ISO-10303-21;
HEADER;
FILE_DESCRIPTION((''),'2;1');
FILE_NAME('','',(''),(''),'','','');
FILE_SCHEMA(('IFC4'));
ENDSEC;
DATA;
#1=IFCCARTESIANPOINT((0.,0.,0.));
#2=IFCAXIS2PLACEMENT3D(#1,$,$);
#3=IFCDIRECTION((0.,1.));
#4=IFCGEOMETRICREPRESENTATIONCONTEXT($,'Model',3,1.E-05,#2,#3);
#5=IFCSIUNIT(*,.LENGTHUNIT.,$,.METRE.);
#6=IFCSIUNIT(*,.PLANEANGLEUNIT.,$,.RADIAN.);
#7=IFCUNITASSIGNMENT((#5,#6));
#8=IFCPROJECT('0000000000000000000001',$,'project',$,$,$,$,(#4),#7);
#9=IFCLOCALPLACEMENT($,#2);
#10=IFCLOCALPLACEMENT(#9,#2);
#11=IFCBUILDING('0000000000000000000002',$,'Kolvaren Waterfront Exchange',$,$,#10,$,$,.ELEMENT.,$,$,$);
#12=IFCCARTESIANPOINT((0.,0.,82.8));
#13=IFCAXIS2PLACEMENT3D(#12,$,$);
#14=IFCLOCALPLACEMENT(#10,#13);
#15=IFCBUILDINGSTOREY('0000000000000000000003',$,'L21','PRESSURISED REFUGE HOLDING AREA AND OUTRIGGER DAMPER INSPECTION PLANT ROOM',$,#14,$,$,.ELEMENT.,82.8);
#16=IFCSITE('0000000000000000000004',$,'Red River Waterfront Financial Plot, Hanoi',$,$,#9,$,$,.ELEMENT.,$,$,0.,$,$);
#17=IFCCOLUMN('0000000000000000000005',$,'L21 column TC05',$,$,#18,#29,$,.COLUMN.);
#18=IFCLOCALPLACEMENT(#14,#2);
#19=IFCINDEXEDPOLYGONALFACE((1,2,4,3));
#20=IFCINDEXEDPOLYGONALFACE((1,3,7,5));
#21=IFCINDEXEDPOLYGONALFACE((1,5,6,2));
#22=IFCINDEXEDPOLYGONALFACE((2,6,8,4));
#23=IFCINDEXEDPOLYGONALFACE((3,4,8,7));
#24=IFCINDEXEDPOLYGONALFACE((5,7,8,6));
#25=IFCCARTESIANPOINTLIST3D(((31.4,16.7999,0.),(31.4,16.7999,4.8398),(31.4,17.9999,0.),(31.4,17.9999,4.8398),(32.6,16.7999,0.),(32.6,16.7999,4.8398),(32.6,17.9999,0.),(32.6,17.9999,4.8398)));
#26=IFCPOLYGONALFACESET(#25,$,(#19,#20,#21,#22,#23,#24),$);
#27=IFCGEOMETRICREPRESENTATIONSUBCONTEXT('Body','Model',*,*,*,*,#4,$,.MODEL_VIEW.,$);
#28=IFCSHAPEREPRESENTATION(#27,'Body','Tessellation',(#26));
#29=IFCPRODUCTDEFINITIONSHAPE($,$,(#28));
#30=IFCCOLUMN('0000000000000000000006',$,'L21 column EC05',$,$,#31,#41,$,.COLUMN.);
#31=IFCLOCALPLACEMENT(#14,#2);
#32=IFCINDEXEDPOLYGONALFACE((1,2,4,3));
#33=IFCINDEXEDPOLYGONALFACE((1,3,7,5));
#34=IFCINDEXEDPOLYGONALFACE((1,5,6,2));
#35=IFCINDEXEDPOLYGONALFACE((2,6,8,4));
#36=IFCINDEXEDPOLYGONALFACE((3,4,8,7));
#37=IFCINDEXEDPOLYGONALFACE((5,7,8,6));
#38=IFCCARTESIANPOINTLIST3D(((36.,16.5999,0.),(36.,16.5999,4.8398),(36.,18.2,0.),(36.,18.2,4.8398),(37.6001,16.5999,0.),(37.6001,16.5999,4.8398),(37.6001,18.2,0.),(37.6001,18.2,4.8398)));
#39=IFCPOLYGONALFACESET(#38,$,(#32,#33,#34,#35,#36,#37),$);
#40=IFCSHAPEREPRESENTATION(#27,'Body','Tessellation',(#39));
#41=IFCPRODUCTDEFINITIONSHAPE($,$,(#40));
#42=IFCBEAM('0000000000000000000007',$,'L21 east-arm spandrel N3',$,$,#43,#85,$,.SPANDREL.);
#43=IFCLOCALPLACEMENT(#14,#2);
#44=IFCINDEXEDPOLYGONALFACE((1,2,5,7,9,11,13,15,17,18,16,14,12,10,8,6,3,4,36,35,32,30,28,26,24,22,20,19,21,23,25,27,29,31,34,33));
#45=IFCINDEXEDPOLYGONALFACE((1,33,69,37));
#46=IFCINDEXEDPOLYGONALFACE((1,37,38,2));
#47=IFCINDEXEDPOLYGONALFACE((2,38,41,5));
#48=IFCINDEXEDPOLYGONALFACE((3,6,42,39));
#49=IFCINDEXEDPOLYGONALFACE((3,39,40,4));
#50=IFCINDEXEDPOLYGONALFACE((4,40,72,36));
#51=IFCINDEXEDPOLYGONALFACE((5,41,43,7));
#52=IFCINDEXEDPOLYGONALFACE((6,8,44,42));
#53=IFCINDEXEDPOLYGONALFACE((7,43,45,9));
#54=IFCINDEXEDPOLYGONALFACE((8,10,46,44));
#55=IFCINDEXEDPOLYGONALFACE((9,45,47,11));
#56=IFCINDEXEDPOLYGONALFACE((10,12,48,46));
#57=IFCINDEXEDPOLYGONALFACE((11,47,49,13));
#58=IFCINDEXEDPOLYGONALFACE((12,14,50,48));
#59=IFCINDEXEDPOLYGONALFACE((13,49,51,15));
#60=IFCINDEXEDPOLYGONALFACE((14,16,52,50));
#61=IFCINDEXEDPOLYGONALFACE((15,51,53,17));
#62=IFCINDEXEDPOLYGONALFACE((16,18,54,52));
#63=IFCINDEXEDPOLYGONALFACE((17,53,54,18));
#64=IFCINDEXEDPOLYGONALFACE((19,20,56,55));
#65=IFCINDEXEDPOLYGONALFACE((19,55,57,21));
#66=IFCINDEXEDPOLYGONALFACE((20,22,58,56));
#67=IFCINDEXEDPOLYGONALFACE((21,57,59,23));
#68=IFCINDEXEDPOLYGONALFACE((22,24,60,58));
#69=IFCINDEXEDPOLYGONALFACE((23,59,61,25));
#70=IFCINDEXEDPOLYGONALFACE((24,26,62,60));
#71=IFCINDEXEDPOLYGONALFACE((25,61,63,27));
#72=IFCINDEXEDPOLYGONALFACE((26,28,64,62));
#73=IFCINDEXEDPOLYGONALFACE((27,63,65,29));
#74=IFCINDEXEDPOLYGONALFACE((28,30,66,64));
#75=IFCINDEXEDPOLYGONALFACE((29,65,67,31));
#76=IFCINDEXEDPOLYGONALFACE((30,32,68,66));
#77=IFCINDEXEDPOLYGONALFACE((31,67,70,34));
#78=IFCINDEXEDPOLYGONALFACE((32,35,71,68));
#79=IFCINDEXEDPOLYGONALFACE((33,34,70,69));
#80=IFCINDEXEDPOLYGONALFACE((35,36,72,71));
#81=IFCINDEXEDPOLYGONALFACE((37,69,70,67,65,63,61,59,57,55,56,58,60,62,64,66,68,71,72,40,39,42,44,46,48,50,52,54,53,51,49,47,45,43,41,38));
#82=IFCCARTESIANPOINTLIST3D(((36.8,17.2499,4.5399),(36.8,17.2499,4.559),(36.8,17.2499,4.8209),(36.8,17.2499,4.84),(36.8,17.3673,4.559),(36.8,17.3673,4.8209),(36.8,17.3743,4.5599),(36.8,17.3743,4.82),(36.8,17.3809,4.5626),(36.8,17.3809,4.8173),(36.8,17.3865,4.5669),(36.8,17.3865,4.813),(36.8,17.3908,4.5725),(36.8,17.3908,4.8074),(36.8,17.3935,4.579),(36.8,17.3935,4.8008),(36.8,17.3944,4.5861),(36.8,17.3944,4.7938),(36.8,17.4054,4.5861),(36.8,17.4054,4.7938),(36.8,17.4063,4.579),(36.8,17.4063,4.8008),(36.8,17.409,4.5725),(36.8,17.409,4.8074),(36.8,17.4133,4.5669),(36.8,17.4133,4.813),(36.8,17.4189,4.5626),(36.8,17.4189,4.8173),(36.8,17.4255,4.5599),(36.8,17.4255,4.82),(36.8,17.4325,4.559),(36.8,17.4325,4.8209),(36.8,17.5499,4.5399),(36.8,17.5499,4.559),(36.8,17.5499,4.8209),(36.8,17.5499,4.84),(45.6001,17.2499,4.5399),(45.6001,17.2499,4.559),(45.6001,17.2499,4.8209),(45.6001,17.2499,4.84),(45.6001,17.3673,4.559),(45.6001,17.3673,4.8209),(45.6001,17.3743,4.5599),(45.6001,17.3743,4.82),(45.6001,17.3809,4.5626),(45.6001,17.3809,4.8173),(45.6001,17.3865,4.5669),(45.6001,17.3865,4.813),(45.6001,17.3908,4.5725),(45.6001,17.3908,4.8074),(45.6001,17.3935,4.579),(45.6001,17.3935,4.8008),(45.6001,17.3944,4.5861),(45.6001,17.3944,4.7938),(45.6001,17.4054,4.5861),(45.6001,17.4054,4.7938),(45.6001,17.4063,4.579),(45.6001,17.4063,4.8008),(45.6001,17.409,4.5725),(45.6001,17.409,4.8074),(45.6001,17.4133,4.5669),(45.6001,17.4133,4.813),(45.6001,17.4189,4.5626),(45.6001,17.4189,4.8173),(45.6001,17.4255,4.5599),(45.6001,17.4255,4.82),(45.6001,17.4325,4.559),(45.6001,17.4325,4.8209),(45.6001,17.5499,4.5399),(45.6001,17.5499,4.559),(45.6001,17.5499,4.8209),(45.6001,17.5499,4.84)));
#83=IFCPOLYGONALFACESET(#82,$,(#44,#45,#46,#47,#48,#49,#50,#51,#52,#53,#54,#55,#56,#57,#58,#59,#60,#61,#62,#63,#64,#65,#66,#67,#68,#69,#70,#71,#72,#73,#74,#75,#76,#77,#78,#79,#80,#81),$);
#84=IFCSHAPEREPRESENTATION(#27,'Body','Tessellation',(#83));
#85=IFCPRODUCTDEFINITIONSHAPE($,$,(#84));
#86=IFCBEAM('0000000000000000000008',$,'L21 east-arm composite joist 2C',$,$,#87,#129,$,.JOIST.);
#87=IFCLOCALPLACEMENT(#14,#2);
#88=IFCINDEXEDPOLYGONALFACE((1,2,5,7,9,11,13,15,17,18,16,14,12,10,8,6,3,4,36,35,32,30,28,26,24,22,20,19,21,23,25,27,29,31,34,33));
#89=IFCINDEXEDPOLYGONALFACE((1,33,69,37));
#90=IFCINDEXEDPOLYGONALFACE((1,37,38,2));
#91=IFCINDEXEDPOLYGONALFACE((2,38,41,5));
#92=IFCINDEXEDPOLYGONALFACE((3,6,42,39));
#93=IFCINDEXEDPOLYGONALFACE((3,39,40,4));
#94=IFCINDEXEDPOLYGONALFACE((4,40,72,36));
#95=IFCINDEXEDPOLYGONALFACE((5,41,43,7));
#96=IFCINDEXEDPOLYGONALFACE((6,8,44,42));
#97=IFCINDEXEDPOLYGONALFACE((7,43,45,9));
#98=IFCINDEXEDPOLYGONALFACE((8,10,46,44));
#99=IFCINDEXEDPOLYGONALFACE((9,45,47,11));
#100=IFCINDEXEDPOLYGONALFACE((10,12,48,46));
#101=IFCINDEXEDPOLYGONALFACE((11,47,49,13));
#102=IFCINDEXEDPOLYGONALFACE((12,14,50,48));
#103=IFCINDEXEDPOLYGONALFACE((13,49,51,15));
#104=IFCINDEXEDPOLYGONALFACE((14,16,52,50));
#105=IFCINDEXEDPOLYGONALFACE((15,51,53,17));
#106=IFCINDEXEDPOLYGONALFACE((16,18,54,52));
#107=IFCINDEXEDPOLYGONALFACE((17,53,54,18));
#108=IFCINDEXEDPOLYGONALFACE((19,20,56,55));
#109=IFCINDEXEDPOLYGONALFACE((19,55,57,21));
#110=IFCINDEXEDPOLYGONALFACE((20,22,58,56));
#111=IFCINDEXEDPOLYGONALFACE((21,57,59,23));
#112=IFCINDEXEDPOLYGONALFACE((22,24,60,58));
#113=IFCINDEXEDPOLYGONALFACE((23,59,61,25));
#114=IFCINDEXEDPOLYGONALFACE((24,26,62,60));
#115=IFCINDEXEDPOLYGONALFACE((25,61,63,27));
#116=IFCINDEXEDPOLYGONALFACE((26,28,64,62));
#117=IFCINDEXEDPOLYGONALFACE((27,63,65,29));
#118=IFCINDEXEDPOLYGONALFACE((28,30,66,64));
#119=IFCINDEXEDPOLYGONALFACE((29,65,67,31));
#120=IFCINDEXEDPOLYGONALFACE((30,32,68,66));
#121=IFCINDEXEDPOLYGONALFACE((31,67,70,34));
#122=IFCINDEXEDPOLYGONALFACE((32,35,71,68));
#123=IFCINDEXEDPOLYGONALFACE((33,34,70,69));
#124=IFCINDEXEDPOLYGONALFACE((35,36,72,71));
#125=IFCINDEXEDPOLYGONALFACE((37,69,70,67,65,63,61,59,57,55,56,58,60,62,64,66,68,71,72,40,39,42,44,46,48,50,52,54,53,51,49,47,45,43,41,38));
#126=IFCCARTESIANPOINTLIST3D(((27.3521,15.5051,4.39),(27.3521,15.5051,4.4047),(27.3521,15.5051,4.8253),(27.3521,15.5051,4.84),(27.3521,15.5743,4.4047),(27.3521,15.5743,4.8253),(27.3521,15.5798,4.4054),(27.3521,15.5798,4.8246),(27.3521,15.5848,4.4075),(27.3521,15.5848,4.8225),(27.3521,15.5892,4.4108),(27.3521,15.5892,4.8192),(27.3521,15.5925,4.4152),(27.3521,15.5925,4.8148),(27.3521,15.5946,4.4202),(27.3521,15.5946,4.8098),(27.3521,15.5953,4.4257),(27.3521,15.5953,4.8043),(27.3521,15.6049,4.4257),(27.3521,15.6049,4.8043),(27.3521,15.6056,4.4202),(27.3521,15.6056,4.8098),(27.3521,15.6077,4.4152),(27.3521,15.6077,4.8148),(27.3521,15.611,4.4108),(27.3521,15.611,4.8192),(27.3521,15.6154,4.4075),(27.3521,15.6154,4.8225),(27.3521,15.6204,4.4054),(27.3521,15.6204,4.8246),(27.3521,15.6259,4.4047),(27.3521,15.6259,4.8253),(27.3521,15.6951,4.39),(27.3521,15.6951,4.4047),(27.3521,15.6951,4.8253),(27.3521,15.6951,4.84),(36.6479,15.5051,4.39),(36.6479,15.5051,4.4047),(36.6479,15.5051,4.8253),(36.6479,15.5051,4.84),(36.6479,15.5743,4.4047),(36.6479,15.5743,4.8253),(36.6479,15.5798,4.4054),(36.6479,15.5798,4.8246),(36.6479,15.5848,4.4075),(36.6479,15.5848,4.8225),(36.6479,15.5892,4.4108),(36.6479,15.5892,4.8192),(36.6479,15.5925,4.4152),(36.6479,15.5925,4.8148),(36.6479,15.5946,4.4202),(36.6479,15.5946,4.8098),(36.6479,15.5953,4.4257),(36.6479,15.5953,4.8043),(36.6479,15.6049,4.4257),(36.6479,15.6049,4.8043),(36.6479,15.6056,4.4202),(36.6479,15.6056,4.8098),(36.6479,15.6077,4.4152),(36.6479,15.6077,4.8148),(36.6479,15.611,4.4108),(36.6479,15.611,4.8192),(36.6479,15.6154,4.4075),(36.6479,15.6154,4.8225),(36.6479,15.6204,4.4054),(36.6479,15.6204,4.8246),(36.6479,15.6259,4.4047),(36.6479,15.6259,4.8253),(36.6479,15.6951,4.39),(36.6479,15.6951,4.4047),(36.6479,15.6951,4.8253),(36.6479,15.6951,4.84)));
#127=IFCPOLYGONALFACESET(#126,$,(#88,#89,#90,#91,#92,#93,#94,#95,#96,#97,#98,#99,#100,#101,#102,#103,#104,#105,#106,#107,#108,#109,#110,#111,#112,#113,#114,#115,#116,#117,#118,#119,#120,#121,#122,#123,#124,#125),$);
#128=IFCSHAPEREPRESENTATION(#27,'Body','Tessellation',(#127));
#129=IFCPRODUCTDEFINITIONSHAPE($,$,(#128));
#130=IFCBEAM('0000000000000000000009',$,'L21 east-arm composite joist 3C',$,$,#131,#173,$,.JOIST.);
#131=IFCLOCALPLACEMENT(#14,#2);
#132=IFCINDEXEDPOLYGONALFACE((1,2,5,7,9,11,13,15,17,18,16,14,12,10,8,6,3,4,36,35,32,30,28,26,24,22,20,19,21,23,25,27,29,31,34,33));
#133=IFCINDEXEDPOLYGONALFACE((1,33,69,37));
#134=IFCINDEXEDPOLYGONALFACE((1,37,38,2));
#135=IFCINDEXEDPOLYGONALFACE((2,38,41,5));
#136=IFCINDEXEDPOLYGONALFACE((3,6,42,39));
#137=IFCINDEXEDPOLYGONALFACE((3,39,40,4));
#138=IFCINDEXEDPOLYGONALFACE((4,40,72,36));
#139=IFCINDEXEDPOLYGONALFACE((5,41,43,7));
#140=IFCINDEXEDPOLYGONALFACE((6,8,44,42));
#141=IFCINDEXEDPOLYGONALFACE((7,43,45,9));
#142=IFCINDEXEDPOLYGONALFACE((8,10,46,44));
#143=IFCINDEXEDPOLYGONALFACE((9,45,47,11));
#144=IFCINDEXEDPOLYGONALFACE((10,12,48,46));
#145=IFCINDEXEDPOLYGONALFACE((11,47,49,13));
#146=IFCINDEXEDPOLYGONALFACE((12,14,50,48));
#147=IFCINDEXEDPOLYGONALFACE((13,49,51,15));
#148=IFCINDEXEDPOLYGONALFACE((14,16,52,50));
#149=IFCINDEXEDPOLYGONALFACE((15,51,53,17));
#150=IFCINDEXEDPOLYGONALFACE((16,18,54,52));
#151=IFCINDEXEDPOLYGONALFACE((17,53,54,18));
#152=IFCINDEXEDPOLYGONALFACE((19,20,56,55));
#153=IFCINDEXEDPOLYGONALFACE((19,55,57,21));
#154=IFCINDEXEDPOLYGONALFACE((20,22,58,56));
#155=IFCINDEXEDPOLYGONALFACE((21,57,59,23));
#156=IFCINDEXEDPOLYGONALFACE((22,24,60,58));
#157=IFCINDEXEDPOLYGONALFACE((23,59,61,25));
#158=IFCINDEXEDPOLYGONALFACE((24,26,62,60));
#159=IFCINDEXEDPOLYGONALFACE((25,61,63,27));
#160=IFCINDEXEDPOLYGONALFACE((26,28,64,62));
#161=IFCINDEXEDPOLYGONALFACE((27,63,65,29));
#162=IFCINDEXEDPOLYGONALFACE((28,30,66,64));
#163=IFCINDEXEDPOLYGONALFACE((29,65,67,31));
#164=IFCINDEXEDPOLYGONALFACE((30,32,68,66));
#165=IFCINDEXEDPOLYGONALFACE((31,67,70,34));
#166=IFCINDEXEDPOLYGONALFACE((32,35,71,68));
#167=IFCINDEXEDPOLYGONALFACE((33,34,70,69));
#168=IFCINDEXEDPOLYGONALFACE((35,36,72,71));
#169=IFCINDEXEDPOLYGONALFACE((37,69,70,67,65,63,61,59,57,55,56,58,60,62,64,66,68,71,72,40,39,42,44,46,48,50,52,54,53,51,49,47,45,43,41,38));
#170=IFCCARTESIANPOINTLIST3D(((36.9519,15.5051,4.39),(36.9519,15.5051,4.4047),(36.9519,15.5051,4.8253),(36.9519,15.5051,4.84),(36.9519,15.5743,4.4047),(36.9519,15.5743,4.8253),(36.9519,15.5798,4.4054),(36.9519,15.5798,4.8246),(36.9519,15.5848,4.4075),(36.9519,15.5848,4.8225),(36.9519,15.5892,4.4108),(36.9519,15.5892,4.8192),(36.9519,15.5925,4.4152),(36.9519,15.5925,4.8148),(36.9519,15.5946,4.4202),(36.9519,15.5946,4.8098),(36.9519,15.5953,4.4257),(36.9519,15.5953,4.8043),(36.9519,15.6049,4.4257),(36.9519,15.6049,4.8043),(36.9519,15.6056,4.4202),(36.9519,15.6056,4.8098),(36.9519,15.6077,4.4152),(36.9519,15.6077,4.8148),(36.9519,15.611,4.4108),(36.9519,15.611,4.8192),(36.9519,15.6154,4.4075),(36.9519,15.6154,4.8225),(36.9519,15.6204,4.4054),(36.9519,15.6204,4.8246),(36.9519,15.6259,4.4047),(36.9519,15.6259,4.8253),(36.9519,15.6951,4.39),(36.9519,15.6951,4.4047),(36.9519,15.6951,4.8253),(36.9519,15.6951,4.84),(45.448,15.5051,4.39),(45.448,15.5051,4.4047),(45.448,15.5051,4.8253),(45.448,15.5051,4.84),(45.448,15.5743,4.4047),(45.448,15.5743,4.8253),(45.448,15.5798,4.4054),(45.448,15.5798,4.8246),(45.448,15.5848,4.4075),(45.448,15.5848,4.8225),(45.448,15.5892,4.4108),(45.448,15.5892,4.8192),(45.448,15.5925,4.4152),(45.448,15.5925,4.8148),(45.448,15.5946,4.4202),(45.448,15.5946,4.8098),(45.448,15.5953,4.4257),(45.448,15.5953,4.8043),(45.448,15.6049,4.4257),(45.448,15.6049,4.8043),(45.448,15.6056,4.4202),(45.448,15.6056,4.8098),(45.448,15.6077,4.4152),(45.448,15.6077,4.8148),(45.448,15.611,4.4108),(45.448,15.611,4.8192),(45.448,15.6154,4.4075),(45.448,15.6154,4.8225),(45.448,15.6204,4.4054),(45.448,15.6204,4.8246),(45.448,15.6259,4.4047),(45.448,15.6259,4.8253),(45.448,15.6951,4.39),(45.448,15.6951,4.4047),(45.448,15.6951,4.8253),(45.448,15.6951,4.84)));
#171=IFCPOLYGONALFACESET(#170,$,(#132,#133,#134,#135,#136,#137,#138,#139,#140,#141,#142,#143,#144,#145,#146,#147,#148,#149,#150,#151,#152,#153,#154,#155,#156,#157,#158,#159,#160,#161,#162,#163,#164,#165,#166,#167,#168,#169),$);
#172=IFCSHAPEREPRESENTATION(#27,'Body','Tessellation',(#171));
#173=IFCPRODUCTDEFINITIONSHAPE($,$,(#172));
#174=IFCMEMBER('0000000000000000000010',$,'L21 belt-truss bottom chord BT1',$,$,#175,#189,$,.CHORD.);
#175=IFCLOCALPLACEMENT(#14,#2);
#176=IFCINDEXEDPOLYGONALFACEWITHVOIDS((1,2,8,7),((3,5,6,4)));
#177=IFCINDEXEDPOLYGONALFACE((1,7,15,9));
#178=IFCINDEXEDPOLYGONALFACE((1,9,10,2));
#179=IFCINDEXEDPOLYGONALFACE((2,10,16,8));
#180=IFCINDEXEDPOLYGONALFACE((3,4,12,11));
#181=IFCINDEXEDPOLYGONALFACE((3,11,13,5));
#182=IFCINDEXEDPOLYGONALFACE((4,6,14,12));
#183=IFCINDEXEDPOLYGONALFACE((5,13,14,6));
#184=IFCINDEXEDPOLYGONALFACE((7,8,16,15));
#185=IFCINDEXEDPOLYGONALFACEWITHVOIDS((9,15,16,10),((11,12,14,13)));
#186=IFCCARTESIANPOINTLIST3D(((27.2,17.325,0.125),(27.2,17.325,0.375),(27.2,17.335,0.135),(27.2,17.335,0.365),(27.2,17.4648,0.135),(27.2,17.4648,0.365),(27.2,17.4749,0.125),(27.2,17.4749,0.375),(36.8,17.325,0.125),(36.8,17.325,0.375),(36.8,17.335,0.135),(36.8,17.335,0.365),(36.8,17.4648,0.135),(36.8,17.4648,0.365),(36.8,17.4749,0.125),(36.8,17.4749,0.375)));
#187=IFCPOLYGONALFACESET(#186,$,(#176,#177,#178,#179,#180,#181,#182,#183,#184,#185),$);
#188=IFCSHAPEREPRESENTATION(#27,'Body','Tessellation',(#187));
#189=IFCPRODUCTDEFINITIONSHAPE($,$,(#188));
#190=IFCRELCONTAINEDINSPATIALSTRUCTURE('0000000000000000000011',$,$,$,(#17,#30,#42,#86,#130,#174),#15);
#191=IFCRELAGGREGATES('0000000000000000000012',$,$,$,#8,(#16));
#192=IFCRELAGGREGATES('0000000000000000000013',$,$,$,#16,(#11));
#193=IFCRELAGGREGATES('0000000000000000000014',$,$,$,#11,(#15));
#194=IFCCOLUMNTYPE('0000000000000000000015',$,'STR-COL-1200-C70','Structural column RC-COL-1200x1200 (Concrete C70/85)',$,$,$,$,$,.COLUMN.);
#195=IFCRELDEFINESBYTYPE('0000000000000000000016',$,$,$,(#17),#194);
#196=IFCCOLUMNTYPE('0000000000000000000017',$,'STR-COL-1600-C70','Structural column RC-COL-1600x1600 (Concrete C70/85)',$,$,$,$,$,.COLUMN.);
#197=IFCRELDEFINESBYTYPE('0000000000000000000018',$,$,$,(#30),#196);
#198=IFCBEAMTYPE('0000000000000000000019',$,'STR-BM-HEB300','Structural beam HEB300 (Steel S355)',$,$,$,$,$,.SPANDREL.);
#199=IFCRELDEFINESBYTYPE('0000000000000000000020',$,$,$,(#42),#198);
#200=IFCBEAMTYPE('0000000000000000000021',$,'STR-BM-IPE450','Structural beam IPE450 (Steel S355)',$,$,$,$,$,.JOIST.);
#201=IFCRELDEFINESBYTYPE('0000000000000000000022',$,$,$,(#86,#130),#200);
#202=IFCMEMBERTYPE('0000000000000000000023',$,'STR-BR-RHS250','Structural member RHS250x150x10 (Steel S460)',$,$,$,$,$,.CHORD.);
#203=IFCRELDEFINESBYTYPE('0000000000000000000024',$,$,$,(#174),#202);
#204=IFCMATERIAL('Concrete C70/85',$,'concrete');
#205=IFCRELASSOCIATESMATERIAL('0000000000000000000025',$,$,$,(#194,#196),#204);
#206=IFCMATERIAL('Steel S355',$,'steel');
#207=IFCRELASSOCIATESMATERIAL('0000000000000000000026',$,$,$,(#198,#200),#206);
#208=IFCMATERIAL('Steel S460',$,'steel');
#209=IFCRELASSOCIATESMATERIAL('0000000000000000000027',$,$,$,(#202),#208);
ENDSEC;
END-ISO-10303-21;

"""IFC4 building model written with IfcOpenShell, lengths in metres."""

from ifc_helpers import new_model, si_unit, direction, frame, origin, origin_2d, place, context, subcontext, project, spatial, rectangle, hollow_rectangle, i_section, extrude, material, material_profile, profile_set, type_object, element, save


model = new_model("IFC4")

# Units and contexts
model_context = context("Model", 3, precision=1e-05, world=origin(), true_north=direction((0.0, 1.0)))
body_context = subcontext(model_context, "Body", "Model", "MODEL_VIEW")
ifc_project = project(units=[si_unit("LENGTHUNIT", "METRE"), si_unit("PLANEANGLEUNIT", "RADIAN")], contexts=[model_context])

# Site, building, storey
site_placement = place(None, origin())
site = spatial("IfcSite", under=ifc_project, at=site_placement, Name="Red River Waterfront Financial Plot, Hanoi", CompositionType="ELEMENT", RefElevation=0.0)
building_placement = place(site_placement, origin())
building = spatial("IfcBuilding", under=site, at=building_placement, Name="Kolvaren Waterfront Exchange", CompositionType="ELEMENT")
storey_placement = place(building_placement, frame((0.0, 0.0, 82.8)))
storey = spatial("IfcBuildingStorey", under=building, at=storey_placement, Name="L21", Description="PRESSURISED REFUGE HOLDING AREA AND OUTRIGGER DAMPER INSPECTION PLANT ROOM", CompositionType="ELEMENT", Elevation=82.8)

# Columns
ifc_material_1 = material(Name="Concrete C70/85", Category="concrete")
ifc_material_profile_1 = material_profile(ifc_material_1, rectangle(XDim=1.2, YDim=1.2, at=origin_2d()), Name="RC-COL-1200x1200")
ifc_profile_set_1 = profile_set([ifc_material_profile_1], Name="Concrete C70/85")
column_type_1 = type_object("IfcColumnType", Name="STR-COL-1200-C70", Description="Structural column RC-COL-1200x1200 (Concrete C70/85)", PredefinedType="COLUMN", material=ifc_profile_set_1)
column_1_placement = place(storey_placement, frame((32.0, 17.3999, 0.0), z_axis=(0.0, 0.0, 1.0), x_axis=(1.0, 0.0, 0.0)))
element("IfcColumn", 1, at=column_1_placement, inside=storey, type_object=column_type_1, Name="L21 column TC05", PredefinedType="COLUMN", context=body_context, shape_type="SweptSolid", body=[
    extrude(rectangle(XDim=1.2, YDim=1.2, at=origin_2d()), origin(), (0.0, 0.0, 1.0), 4.8398),
])
ifc_material_profile_2 = material_profile(ifc_material_1, rectangle(XDim=1.6001, YDim=1.6001, at=origin_2d()), Name="RC-COL-1600x1600")
ifc_profile_set_2 = profile_set([ifc_material_profile_2], Name="Concrete C70/85")
column_type_2 = type_object("IfcColumnType", Name="STR-COL-1600-C70", Description="Structural column RC-COL-1600x1600 (Concrete C70/85)", PredefinedType="COLUMN", material=ifc_profile_set_2)
column_2_placement = place(storey_placement, frame((36.8, 17.3999, 0.0), z_axis=(0.0, 0.0, 1.0), x_axis=(1.0, 0.0, 0.0)))
element("IfcColumn", 2, at=column_2_placement, inside=storey, type_object=column_type_2, Name="L21 column EC05", PredefinedType="COLUMN", context=body_context, shape_type="SweptSolid", body=[
    extrude(rectangle(XDim=1.6001, YDim=1.6001, at=origin_2d()), origin(), (0.0, 0.0, 1.0), 4.8398),
])

# Beams
ifc_material_2 = material(Name="Steel S355", Category="steel")
ifc_material_profile_3 = material_profile(ifc_material_2, i_section(OverallWidth=0.3, OverallDepth=0.3, WebThickness=0.011, FlangeThickness=0.019, FilletRadius=0.0271, at=origin_2d()), Name="HEB300")
ifc_profile_set_3 = profile_set([ifc_material_profile_3], Name="Steel S355")
beam_type_1 = type_object("IfcBeamType", Name="STR-BM-HEB300", Description="Structural beam HEB300 (Steel S355)", PredefinedType="SPANDREL", material=ifc_profile_set_3)
beam_1_placement = place(storey_placement, frame((36.8, 17.3999, 4.6899), z_axis=(1.0, 0.0, 0.0), x_axis=(0.0, 1.0, 0.0)))
element("IfcBeam", 3, at=beam_1_placement, inside=storey, type_object=beam_type_1, Name="L21 east-arm spandrel N3", PredefinedType="SPANDREL", context=body_context, shape_type="SweptSolid", body=[
    extrude(i_section(OverallWidth=0.3, OverallDepth=0.3, WebThickness=0.011, FlangeThickness=0.019, FilletRadius=0.0271, at=origin_2d()), origin(), (0.0, 0.0, 1.0), 8.8),
])
ifc_material_profile_4 = material_profile(ifc_material_2, i_section(OverallWidth=0.1899, OverallDepth=0.45, WebThickness=0.0095, FlangeThickness=0.0146, FilletRadius=0.021, at=origin_2d()), Name="IPE450")
ifc_profile_set_4 = profile_set([ifc_material_profile_4], Name="Steel S355")
beam_type_2 = type_object("IfcBeamType", Name="STR-BM-IPE450", Description="Structural beam IPE450 (Steel S355)", PredefinedType="JOIST", material=ifc_profile_set_4)
beam_2_placement = place(storey_placement, frame((27.3521, 15.6001, 4.615), z_axis=(1.0, 0.0, 0.0), x_axis=(0.0, 1.0, 0.0)))
element("IfcBeam", 4, at=beam_2_placement, inside=storey, type_object=beam_type_2, Name="L21 east-arm composite joist 2C", PredefinedType="JOIST", context=body_context, shape_type="SweptSolid", body=[
    extrude(i_section(OverallWidth=0.1899, OverallDepth=0.45, WebThickness=0.0095, FlangeThickness=0.0146, FilletRadius=0.021, at=origin_2d()), origin(), (0.0, 0.0, 1.0), 9.2959),
])
beam_3_placement = place(storey_placement, frame((36.9519, 15.6001, 4.615), z_axis=(1.0, 0.0, 0.0), x_axis=(0.0, 1.0, 0.0)))
element("IfcBeam", 5, at=beam_3_placement, inside=storey, type_object=beam_type_2, Name="L21 east-arm composite joist 3C", PredefinedType="JOIST", context=body_context, shape_type="SweptSolid", body=[
    extrude(i_section(OverallWidth=0.1899, OverallDepth=0.45, WebThickness=0.0095, FlangeThickness=0.0146, FilletRadius=0.021, at=origin_2d()), origin(), (0.0, 0.0, 1.0), 8.4961),
])

# Member
ifc_material_3 = material(Name="Steel S460", Category="steel")
ifc_material_profile_5 = material_profile(ifc_material_3, hollow_rectangle(XDim=0.1499, YDim=0.25, WallThickness=0.01, at=origin_2d()), Name="RHS250x150x10")
ifc_profile_set_5 = profile_set([ifc_material_profile_5], Name="Steel S460")
member_type_1 = type_object("IfcMemberType", Name="STR-BR-RHS250", Description="Structural member RHS250x150x10 (Steel S460)", PredefinedType="CHORD", material=ifc_profile_set_5)
member_1_placement = place(storey_placement, frame((27.2, 17.3999, 0.25), z_axis=(1.0, 0.0, 0.0), x_axis=(0.0, 1.0, 0.0)))
element("IfcMember", 6, at=member_1_placement, inside=storey, type_object=member_type_1, Name="L21 belt-truss bottom chord BT1", PredefinedType="CHORD", context=body_context, shape_type="SweptSolid", body=[
    extrude(hollow_rectangle(XDim=0.1499, YDim=0.25, WallThickness=0.01, at=origin_2d()), origin(), (0.0, 0.0, 1.0), 9.6001),
])

save(model, "model.ifc")
